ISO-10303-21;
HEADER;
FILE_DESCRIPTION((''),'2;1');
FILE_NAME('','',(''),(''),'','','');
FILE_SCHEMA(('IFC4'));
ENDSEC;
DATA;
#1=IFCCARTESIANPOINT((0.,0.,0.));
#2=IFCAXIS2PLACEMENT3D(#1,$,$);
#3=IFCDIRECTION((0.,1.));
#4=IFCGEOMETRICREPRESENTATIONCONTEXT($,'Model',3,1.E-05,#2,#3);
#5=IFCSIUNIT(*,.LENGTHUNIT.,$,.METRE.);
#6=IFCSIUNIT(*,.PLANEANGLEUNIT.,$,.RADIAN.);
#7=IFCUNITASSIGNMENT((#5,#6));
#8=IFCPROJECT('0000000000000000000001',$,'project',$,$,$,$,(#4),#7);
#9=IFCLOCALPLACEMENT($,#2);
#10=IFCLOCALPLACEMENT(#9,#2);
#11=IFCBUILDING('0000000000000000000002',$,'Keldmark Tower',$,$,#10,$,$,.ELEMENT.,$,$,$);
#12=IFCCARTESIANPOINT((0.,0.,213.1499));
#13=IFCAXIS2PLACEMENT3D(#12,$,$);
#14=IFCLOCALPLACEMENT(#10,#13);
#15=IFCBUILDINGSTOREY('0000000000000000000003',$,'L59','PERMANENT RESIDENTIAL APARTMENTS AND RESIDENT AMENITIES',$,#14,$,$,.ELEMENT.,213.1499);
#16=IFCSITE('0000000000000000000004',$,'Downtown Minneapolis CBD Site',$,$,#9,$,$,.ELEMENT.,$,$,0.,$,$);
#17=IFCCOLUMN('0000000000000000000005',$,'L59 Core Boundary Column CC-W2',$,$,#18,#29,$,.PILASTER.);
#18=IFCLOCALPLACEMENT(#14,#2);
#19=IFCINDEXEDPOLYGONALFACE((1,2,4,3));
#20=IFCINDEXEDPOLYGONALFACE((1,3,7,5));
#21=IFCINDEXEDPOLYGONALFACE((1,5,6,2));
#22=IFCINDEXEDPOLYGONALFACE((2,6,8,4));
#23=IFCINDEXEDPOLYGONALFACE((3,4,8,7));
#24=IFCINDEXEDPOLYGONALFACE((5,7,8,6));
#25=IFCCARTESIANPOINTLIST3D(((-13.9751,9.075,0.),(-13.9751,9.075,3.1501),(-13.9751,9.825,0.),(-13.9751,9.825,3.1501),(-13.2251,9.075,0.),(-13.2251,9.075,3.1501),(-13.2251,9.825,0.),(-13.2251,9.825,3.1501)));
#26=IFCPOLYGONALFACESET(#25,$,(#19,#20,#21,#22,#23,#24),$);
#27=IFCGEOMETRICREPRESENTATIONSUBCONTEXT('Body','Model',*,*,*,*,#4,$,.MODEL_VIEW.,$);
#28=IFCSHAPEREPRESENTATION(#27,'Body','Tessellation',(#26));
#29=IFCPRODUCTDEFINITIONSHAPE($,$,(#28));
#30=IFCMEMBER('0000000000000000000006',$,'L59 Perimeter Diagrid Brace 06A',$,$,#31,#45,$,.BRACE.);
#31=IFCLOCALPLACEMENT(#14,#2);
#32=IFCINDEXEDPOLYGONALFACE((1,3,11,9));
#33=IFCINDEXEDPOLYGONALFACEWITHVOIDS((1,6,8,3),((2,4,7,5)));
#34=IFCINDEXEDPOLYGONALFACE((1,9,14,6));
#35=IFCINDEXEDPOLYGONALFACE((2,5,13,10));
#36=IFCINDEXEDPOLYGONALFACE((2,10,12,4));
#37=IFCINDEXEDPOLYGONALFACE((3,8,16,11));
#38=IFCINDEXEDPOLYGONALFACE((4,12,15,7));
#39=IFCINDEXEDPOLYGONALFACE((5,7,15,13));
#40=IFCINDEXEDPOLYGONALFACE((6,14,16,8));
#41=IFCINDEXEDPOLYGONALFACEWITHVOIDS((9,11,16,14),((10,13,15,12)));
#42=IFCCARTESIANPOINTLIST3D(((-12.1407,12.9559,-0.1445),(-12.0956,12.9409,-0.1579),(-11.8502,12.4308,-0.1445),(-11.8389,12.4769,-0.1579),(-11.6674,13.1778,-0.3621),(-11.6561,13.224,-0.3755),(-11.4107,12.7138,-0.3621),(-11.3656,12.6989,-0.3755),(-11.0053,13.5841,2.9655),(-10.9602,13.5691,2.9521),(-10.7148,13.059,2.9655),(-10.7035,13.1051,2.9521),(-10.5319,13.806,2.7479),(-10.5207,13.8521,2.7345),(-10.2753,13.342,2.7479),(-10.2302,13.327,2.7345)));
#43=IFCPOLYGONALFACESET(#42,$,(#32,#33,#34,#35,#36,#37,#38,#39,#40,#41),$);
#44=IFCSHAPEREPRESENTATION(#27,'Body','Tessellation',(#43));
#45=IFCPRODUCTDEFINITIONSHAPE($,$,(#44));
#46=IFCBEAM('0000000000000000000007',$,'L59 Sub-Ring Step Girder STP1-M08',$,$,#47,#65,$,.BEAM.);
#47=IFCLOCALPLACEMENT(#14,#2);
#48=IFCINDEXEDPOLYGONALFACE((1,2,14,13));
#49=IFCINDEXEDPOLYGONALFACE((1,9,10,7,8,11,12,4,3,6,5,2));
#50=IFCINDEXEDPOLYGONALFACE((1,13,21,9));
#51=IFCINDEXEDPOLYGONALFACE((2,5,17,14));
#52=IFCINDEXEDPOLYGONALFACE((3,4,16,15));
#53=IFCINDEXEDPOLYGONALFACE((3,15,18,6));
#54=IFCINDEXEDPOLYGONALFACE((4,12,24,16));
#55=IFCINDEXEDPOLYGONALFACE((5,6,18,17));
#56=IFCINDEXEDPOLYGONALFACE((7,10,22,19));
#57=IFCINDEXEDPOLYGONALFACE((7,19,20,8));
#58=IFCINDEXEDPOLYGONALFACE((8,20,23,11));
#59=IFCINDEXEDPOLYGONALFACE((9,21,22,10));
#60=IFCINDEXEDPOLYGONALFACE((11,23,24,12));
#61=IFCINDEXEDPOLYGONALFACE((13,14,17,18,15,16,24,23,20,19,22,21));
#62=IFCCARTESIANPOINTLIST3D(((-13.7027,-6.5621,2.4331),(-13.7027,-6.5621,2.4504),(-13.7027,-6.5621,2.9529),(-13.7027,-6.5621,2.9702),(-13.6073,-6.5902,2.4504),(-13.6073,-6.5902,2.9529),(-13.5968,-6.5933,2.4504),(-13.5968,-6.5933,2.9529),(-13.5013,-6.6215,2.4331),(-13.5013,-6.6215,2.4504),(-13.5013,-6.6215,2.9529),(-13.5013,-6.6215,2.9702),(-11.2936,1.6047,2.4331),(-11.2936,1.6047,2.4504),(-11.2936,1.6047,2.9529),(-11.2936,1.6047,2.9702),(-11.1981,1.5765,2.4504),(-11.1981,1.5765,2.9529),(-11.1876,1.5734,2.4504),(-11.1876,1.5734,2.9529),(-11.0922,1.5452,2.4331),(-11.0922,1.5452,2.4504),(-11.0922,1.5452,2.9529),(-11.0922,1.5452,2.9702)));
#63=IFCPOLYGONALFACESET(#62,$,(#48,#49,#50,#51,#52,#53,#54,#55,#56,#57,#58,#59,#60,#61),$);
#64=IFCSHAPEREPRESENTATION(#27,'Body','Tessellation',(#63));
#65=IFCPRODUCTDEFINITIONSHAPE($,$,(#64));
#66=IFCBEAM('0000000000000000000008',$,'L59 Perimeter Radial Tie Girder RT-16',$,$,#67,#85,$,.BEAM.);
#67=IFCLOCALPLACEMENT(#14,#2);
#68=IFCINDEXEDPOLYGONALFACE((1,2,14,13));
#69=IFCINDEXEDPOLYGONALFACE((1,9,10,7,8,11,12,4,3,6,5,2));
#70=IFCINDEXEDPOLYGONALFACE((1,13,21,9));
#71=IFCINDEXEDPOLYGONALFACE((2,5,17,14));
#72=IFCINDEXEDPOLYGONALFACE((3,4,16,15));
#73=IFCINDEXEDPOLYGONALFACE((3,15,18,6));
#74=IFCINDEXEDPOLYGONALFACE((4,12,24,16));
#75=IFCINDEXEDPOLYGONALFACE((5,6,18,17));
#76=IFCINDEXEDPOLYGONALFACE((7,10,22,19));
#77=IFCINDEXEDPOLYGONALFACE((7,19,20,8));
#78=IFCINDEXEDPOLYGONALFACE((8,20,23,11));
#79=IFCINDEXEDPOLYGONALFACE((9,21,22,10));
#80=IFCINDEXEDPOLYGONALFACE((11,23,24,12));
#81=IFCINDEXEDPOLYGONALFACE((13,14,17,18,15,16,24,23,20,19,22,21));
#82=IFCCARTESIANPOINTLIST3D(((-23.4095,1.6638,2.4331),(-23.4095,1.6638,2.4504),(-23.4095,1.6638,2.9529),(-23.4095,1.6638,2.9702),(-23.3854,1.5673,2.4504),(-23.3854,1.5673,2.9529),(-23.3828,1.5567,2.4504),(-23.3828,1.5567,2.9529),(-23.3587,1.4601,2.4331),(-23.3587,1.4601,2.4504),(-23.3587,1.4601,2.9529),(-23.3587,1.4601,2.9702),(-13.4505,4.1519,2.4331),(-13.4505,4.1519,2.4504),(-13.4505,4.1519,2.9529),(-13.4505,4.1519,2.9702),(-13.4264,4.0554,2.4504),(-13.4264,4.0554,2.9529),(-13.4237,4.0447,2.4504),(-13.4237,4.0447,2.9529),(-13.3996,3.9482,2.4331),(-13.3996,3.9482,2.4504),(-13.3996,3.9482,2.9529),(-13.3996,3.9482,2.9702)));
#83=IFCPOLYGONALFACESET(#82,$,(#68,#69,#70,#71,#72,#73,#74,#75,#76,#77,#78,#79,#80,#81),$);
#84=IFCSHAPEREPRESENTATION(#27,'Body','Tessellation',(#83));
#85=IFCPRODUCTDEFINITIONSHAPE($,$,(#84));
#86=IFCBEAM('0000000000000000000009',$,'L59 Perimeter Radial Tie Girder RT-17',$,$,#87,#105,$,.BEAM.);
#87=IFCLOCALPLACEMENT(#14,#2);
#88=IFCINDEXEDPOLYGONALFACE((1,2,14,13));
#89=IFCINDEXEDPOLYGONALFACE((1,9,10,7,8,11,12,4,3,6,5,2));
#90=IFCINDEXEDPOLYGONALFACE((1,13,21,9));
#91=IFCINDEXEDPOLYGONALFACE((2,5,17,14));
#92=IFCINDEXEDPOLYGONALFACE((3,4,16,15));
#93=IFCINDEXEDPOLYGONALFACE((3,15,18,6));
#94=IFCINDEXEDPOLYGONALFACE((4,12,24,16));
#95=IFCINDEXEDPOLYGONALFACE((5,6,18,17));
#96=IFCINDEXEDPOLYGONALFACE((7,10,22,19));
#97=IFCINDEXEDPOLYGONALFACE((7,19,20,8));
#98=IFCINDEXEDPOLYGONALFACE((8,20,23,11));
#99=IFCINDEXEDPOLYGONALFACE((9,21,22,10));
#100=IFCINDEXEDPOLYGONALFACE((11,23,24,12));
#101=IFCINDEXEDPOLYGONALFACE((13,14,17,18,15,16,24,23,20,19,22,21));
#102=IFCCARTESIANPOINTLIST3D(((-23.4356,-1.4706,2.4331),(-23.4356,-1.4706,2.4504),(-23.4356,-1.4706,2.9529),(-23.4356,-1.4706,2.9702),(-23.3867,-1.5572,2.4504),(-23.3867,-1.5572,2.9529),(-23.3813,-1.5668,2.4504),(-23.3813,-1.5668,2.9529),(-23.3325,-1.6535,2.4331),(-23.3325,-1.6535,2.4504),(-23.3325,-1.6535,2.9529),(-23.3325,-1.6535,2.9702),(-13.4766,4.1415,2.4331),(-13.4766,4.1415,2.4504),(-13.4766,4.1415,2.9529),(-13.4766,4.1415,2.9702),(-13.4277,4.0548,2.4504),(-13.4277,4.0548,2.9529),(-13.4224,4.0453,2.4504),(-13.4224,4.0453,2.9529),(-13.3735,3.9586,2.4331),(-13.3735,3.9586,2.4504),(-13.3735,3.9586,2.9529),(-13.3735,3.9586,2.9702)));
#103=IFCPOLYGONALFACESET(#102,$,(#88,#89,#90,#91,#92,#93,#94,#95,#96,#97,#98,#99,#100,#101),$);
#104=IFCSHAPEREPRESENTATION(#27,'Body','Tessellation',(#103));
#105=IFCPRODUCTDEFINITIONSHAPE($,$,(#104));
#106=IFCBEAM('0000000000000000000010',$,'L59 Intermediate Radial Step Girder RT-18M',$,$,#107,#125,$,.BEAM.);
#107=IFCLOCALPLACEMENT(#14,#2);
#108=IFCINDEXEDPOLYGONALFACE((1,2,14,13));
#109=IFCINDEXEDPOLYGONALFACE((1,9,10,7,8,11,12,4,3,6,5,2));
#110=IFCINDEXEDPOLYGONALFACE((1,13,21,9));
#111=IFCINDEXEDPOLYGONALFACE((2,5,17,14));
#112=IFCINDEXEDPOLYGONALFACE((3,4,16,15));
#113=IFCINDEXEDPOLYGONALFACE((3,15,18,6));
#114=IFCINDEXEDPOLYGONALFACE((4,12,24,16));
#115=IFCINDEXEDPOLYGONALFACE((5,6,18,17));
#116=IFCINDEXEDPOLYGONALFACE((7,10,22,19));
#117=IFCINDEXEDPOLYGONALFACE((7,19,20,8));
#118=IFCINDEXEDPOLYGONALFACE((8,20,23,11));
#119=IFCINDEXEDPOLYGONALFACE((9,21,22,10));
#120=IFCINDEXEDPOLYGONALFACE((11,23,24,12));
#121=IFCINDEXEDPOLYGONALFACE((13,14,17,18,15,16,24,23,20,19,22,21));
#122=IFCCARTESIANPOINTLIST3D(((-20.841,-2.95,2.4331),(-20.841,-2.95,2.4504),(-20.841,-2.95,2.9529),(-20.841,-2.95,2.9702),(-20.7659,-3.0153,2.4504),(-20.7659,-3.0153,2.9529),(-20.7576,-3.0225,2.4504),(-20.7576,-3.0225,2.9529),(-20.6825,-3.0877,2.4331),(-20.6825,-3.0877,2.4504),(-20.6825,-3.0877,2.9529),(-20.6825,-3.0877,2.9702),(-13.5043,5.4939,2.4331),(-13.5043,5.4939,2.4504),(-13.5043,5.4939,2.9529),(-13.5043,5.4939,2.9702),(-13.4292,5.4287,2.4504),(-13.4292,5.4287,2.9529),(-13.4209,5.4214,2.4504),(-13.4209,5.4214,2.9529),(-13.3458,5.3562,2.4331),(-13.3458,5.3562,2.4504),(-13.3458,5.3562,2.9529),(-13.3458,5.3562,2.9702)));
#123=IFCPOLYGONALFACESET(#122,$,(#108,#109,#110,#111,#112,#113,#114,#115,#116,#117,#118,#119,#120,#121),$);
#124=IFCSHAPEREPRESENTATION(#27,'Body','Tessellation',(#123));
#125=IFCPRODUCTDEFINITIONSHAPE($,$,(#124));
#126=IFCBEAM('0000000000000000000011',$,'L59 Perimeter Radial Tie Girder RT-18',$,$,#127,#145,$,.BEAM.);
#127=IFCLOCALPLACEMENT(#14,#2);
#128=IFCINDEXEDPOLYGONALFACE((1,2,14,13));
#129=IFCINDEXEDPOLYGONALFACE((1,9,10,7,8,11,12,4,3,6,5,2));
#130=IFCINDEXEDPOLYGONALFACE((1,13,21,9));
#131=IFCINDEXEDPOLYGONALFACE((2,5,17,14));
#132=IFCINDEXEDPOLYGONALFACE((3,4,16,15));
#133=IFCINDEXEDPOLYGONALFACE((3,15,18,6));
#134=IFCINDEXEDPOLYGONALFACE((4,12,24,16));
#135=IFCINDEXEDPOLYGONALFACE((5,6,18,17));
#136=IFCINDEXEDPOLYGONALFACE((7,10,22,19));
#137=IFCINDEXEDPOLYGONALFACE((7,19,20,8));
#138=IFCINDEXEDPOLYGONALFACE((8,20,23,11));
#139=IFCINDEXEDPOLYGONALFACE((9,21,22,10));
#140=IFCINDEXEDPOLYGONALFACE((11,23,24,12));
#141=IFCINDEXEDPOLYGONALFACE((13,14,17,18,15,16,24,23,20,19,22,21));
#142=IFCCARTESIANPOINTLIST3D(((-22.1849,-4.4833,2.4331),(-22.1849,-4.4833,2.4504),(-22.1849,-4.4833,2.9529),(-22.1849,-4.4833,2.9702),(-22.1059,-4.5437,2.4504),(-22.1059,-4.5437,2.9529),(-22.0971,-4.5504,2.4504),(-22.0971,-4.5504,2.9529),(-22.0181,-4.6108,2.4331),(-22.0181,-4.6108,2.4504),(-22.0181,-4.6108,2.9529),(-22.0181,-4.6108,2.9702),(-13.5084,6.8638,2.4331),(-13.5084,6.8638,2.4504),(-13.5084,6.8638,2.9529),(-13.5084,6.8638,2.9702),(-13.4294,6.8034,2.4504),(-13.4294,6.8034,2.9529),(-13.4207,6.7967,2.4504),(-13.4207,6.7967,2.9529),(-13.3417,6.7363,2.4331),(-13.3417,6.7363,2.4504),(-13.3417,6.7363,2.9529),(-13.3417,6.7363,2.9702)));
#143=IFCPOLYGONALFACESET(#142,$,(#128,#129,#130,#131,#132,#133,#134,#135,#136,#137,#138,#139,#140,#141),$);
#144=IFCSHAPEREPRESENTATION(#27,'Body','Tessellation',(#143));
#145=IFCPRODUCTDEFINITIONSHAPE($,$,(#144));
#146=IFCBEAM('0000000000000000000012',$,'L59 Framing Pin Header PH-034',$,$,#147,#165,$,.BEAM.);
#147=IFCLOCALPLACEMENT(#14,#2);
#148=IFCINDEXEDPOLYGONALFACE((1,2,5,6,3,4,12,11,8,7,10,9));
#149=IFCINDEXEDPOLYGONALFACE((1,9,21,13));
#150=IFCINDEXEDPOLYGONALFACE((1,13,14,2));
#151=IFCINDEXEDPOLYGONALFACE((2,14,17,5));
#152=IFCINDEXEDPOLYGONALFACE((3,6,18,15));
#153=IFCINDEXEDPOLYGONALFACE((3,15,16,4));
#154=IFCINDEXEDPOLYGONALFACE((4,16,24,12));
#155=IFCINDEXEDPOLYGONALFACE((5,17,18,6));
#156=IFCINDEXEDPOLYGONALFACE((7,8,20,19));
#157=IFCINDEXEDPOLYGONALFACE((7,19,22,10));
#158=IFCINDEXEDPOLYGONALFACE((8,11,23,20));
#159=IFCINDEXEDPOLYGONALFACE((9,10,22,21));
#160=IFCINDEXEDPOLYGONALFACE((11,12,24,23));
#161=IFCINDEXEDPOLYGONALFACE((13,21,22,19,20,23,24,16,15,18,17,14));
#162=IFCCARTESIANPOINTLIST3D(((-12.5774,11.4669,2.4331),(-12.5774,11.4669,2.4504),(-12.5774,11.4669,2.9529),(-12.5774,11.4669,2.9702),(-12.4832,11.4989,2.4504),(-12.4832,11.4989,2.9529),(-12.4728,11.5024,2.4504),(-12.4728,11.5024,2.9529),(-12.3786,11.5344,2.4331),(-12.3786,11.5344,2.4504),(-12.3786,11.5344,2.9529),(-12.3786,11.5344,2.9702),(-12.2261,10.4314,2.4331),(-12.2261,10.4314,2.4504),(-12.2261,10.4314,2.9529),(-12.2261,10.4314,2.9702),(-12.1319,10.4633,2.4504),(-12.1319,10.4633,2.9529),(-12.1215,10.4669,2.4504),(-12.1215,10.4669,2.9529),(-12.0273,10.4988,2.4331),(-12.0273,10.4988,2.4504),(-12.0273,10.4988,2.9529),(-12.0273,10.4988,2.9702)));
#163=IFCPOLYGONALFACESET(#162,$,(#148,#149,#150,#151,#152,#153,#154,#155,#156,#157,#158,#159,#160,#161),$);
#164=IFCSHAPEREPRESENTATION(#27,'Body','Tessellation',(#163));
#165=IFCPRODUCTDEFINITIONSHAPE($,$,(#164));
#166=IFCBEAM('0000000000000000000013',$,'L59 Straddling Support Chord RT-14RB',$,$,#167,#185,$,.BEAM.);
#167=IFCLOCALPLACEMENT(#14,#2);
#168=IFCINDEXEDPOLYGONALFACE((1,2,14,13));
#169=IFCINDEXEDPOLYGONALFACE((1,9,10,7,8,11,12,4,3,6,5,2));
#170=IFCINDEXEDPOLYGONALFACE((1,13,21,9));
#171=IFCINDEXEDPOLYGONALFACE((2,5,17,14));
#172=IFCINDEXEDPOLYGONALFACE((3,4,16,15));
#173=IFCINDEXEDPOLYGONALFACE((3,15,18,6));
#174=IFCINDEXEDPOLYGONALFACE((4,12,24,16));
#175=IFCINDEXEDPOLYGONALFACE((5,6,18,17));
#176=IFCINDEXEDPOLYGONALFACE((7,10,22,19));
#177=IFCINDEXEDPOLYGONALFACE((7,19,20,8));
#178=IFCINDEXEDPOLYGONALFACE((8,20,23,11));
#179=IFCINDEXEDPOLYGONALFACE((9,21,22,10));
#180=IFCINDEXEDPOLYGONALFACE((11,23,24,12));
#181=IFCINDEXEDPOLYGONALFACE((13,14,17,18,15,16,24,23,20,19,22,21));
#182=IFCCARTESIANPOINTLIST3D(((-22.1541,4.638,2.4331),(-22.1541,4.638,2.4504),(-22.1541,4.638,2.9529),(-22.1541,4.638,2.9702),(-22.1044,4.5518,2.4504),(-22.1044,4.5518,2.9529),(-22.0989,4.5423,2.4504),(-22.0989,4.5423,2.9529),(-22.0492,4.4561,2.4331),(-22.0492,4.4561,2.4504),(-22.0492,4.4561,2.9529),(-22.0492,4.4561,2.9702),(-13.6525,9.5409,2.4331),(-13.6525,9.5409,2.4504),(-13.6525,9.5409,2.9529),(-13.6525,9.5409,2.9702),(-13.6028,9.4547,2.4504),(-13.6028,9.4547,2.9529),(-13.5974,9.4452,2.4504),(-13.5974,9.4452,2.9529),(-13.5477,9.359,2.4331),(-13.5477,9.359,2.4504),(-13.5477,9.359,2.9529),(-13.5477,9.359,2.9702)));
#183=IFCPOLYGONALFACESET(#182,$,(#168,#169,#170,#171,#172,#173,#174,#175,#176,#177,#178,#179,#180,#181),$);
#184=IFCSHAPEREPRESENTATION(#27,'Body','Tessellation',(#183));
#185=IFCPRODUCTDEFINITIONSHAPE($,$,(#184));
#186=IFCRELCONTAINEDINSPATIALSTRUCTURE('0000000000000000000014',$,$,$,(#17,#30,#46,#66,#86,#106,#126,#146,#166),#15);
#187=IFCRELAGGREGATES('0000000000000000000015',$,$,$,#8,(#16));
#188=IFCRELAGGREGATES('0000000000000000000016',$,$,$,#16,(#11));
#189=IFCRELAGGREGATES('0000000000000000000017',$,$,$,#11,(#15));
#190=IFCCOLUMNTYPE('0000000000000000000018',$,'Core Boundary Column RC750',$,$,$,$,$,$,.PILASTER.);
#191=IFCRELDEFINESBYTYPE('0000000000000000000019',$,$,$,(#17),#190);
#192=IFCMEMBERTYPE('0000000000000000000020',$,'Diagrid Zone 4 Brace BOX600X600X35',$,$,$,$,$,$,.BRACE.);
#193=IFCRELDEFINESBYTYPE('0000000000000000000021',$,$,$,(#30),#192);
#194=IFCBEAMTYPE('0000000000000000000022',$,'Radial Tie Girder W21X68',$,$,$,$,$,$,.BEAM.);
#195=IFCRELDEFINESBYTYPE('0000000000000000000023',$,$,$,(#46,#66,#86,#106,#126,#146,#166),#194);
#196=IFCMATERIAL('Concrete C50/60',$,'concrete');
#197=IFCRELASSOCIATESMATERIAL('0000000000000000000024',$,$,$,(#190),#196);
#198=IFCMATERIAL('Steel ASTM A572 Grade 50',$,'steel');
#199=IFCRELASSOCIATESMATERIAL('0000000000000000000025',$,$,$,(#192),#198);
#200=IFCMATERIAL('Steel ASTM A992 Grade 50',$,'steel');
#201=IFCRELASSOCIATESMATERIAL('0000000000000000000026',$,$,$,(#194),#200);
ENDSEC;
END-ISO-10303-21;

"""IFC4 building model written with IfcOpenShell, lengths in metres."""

from ifc_helpers import new_model, si_unit, direction, frame, origin, origin_2d, place, context, subcontext, project, spatial, rectangle, hollow_rectangle, i_section, extrude, material, material_profile, profile_set, type_object, element, save


model = new_model("IFC4")

# Units and contexts
model_context = context("Model", 3, precision=1e-05, world=origin(), true_north=direction((0.0, 1.0)))
body_context = subcontext(model_context, "Body", "Model", "MODEL_VIEW")
ifc_project = project(units=[si_unit("LENGTHUNIT", "METRE"), si_unit("PLANEANGLEUNIT", "RADIAN")], contexts=[model_context])

# Site, building, storey
site_placement = place(None, origin())
site = spatial("IfcSite", under=ifc_project, at=site_placement, Name="Downtown Minneapolis CBD Site", CompositionType="ELEMENT", RefElevation=0.0)
building_placement = place(site_placement, origin())
building = spatial("IfcBuilding", under=site, at=building_placement, Name="Keldmark Tower", CompositionType="ELEMENT")
storey_placement = place(building_placement, frame((0.0, 0.0, 213.1499)))
storey = spatial("IfcBuildingStorey", under=building, at=storey_placement, Name="L59", Description="PERMANENT RESIDENTIAL APARTMENTS AND RESIDENT AMENITIES", CompositionType="ELEMENT", Elevation=213.1499)

# Column
ifc_material_1 = material(Name="Concrete C50/60", Category="concrete")
ifc_material_profile_1 = material_profile(ifc_material_1, rectangle(XDim=0.75, YDim=0.75, at=origin_2d()), Name="RC750X750")
ifc_profile_set_1 = profile_set([ifc_material_profile_1], Name="Concrete C50/60")
column_type = type_object("IfcColumnType", Name="Core Boundary Column RC750", PredefinedType="PILASTER", material=ifc_profile_set_1)
column_placement = place(storey_placement, frame((-13.6001, 9.45, 0.0), z_axis=(0.0, 0.0, 1.0), x_axis=(1.0, 0.0, 0.0)))
element("IfcColumn", 1, at=column_placement, inside=storey, type_object=column_type, Name="L59 Core Boundary Column CC-W2", PredefinedType="PILASTER", context=body_context, shape_type="SweptSolid", body=[
    extrude(rectangle(XDim=0.75, YDim=0.75, at=origin_2d()), origin(), (0.0, 0.0, 1.0), 3.1501),
])

# Member
ifc_material_2 = material(Name="Steel ASTM A572 Grade 50", Category="steel")
ifc_material_profile_2 = material_profile(ifc_material_2, hollow_rectangle(XDim=0.6001, YDim=0.6001, WallThickness=0.0349, at=origin_2d()), Name="BOX600X600X35")
ifc_profile_set_2 = profile_set([ifc_material_profile_2], Name="Steel ASTM A572 Grade 50")
member_type = type_object("IfcMemberType", Name="Diagrid Zone 4 Brace BOX600X600X35", PredefinedType="BRACE", material=ifc_profile_set_2)
member_placement = place(storey_placement, frame((-11.7532, 12.8274, -0.26), z_axis=(0.336946, 0.186403, 0.922888), x_axis=(-0.484077, 0.875026, 0.0)))
element("IfcMember", 2, at=member_placement, inside=storey, type_object=member_type, Name="L59 Perimeter Diagrid Brace 06A", PredefinedType="BRACE", context=body_context, shape_type="SweptSolid", body=[
    extrude(hollow_rectangle(XDim=0.6001, YDim=0.6001, WallThickness=0.0349, at=origin_2d()), origin(), (0.0, 0.0, 1.0), 3.3699),
])

# Beams
ifc_material_3 = material(Name="Steel ASTM A992 Grade 50", Category="steel")
ifc_material_profile_3 = material_profile(ifc_material_3, i_section(OverallWidth=0.21, OverallDepth=0.5371, WebThickness=0.011, FlangeThickness=0.0173, at=origin_2d()), Name="W21X68")
ifc_profile_set_3 = profile_set([ifc_material_profile_3], Name="Steel ASTM A992 Grade 50")
beam_type_1 = type_object("IfcBeamType", Name="Radial Tie Girder W21X68", PredefinedType="BEAM", material=ifc_profile_set_3)
beam_1_placement = place(storey_placement, frame((-11.1929, 1.575, 2.7017), z_axis=(-0.282944, -0.959136, 0.0), x_axis=(0.959136, -0.282944, 0.0)))
element("IfcBeam", 3, at=beam_1_placement, inside=storey, type_object=beam_type_1, Name="L59 Sub-Ring Step Girder STP1-M08", PredefinedType="BEAM", context=body_context, shape_type="SweptSolid", body=[
    extrude(i_section(OverallWidth=0.21, OverallDepth=0.5371, WebThickness=0.011, FlangeThickness=0.0173, at=origin_2d()), origin(), (0.0, 0.0, 1.0), 8.5146),
])
beam_2_placement = place(storey_placement, frame((-13.425, 4.05, 2.7017), z_axis=(-0.970182, -0.242379, 0.0), x_axis=(0.242379, -0.970182, 0.0)))
element("IfcBeam", 4, at=beam_2_placement, inside=storey, type_object=beam_type_1, Name="L59 Perimeter Radial Tie Girder RT-16", PredefinedType="BEAM", context=body_context, shape_type="SweptSolid", body=[
    extrude(i_section(OverallWidth=0.21, OverallDepth=0.5371, WebThickness=0.011, FlangeThickness=0.0173, at=origin_2d()), origin(), (0.0, 0.0, 1.0), 10.2651),
])
beam_3_placement = place(storey_placement, frame((-13.425, 4.05, 2.7017), z_axis=(-0.871197, -0.490934, 0.0), x_axis=(0.490934, -0.871197, 0.0)))
element("IfcBeam", 5, at=beam_3_placement, inside=storey, type_object=beam_type_1, Name="L59 Perimeter Radial Tie Girder RT-17", PredefinedType="BEAM", context=body_context, shape_type="SweptSolid", body=[
    extrude(i_section(OverallWidth=0.21, OverallDepth=0.5371, WebThickness=0.011, FlangeThickness=0.0173, at=origin_2d()), origin(), (0.0, 0.0, 1.0), 11.4314),
])
beam_4_placement = place(storey_placement, frame((-13.425, 5.425, 2.7017), z_axis=(-0.655883, -0.754862, 0.0), x_axis=(0.754862, -0.655883, 0.0)))
element("IfcBeam", 6, at=beam_4_placement, inside=storey, type_object=beam_type_1, Name="L59 Intermediate Radial Step Girder RT-18M", PredefinedType="BEAM", context=body_context, shape_type="SweptSolid", body=[
    extrude(i_section(OverallWidth=0.21, OverallDepth=0.5371, WebThickness=0.011, FlangeThickness=0.0173, at=origin_2d()), origin(), (0.0, 0.0, 1.0), 11.186),
])
beam_5_placement = place(storey_placement, frame((-13.425, 6.8, 2.7017), z_axis=(-0.607418, -0.794383, 0.0), x_axis=(0.794383, -0.607418, 0.0)))
element("IfcBeam", 7, at=beam_5_placement, inside=storey, type_object=beam_type_1, Name="L59 Perimeter Radial Tie Girder RT-18", PredefinedType="BEAM", context=body_context, shape_type="SweptSolid", body=[
    extrude(i_section(OverallWidth=0.21, OverallDepth=0.5371, WebThickness=0.011, FlangeThickness=0.0173, at=origin_2d()), origin(), (0.0, 0.0, 1.0), 14.2842),
])
beam_6_placement = place(storey_placement, frame((-12.1267, 10.4651, 2.7017), z_axis=(-0.321246, 0.946996, 0.0), x_axis=(-0.946996, -0.321246, 0.0)))
element("IfcBeam", 8, at=beam_6_placement, inside=storey, type_object=beam_type_1, Name="L59 Framing Pin Header PH-034", PredefinedType="BEAM", context=body_context, shape_type="SweptSolid", body=[
    extrude(i_section(OverallWidth=0.21, OverallDepth=0.5371, WebThickness=0.011, FlangeThickness=0.0173, at=origin_2d()), origin(), (0.0, 0.0, 1.0), 1.0935),
])
beam_7_placement = place(storey_placement, frame((-13.6001, 9.45, 2.7017), z_axis=(-0.866268, -0.49958, 0.0), x_axis=(0.49958, -0.866268, 0.0)))
element("IfcBeam", 9, at=beam_7_placement, inside=storey, type_object=beam_type_1, Name="L59 Straddling Support Chord RT-14RB", PredefinedType="BEAM", context=body_context, shape_type="SweptSolid", body=[
    extrude(i_section(OverallWidth=0.21, OverallDepth=0.5371, WebThickness=0.011, FlangeThickness=0.0173, at=origin_2d()), origin(), (0.0, 0.0, 1.0), 9.814),
])

save(model, "model.ifc")
